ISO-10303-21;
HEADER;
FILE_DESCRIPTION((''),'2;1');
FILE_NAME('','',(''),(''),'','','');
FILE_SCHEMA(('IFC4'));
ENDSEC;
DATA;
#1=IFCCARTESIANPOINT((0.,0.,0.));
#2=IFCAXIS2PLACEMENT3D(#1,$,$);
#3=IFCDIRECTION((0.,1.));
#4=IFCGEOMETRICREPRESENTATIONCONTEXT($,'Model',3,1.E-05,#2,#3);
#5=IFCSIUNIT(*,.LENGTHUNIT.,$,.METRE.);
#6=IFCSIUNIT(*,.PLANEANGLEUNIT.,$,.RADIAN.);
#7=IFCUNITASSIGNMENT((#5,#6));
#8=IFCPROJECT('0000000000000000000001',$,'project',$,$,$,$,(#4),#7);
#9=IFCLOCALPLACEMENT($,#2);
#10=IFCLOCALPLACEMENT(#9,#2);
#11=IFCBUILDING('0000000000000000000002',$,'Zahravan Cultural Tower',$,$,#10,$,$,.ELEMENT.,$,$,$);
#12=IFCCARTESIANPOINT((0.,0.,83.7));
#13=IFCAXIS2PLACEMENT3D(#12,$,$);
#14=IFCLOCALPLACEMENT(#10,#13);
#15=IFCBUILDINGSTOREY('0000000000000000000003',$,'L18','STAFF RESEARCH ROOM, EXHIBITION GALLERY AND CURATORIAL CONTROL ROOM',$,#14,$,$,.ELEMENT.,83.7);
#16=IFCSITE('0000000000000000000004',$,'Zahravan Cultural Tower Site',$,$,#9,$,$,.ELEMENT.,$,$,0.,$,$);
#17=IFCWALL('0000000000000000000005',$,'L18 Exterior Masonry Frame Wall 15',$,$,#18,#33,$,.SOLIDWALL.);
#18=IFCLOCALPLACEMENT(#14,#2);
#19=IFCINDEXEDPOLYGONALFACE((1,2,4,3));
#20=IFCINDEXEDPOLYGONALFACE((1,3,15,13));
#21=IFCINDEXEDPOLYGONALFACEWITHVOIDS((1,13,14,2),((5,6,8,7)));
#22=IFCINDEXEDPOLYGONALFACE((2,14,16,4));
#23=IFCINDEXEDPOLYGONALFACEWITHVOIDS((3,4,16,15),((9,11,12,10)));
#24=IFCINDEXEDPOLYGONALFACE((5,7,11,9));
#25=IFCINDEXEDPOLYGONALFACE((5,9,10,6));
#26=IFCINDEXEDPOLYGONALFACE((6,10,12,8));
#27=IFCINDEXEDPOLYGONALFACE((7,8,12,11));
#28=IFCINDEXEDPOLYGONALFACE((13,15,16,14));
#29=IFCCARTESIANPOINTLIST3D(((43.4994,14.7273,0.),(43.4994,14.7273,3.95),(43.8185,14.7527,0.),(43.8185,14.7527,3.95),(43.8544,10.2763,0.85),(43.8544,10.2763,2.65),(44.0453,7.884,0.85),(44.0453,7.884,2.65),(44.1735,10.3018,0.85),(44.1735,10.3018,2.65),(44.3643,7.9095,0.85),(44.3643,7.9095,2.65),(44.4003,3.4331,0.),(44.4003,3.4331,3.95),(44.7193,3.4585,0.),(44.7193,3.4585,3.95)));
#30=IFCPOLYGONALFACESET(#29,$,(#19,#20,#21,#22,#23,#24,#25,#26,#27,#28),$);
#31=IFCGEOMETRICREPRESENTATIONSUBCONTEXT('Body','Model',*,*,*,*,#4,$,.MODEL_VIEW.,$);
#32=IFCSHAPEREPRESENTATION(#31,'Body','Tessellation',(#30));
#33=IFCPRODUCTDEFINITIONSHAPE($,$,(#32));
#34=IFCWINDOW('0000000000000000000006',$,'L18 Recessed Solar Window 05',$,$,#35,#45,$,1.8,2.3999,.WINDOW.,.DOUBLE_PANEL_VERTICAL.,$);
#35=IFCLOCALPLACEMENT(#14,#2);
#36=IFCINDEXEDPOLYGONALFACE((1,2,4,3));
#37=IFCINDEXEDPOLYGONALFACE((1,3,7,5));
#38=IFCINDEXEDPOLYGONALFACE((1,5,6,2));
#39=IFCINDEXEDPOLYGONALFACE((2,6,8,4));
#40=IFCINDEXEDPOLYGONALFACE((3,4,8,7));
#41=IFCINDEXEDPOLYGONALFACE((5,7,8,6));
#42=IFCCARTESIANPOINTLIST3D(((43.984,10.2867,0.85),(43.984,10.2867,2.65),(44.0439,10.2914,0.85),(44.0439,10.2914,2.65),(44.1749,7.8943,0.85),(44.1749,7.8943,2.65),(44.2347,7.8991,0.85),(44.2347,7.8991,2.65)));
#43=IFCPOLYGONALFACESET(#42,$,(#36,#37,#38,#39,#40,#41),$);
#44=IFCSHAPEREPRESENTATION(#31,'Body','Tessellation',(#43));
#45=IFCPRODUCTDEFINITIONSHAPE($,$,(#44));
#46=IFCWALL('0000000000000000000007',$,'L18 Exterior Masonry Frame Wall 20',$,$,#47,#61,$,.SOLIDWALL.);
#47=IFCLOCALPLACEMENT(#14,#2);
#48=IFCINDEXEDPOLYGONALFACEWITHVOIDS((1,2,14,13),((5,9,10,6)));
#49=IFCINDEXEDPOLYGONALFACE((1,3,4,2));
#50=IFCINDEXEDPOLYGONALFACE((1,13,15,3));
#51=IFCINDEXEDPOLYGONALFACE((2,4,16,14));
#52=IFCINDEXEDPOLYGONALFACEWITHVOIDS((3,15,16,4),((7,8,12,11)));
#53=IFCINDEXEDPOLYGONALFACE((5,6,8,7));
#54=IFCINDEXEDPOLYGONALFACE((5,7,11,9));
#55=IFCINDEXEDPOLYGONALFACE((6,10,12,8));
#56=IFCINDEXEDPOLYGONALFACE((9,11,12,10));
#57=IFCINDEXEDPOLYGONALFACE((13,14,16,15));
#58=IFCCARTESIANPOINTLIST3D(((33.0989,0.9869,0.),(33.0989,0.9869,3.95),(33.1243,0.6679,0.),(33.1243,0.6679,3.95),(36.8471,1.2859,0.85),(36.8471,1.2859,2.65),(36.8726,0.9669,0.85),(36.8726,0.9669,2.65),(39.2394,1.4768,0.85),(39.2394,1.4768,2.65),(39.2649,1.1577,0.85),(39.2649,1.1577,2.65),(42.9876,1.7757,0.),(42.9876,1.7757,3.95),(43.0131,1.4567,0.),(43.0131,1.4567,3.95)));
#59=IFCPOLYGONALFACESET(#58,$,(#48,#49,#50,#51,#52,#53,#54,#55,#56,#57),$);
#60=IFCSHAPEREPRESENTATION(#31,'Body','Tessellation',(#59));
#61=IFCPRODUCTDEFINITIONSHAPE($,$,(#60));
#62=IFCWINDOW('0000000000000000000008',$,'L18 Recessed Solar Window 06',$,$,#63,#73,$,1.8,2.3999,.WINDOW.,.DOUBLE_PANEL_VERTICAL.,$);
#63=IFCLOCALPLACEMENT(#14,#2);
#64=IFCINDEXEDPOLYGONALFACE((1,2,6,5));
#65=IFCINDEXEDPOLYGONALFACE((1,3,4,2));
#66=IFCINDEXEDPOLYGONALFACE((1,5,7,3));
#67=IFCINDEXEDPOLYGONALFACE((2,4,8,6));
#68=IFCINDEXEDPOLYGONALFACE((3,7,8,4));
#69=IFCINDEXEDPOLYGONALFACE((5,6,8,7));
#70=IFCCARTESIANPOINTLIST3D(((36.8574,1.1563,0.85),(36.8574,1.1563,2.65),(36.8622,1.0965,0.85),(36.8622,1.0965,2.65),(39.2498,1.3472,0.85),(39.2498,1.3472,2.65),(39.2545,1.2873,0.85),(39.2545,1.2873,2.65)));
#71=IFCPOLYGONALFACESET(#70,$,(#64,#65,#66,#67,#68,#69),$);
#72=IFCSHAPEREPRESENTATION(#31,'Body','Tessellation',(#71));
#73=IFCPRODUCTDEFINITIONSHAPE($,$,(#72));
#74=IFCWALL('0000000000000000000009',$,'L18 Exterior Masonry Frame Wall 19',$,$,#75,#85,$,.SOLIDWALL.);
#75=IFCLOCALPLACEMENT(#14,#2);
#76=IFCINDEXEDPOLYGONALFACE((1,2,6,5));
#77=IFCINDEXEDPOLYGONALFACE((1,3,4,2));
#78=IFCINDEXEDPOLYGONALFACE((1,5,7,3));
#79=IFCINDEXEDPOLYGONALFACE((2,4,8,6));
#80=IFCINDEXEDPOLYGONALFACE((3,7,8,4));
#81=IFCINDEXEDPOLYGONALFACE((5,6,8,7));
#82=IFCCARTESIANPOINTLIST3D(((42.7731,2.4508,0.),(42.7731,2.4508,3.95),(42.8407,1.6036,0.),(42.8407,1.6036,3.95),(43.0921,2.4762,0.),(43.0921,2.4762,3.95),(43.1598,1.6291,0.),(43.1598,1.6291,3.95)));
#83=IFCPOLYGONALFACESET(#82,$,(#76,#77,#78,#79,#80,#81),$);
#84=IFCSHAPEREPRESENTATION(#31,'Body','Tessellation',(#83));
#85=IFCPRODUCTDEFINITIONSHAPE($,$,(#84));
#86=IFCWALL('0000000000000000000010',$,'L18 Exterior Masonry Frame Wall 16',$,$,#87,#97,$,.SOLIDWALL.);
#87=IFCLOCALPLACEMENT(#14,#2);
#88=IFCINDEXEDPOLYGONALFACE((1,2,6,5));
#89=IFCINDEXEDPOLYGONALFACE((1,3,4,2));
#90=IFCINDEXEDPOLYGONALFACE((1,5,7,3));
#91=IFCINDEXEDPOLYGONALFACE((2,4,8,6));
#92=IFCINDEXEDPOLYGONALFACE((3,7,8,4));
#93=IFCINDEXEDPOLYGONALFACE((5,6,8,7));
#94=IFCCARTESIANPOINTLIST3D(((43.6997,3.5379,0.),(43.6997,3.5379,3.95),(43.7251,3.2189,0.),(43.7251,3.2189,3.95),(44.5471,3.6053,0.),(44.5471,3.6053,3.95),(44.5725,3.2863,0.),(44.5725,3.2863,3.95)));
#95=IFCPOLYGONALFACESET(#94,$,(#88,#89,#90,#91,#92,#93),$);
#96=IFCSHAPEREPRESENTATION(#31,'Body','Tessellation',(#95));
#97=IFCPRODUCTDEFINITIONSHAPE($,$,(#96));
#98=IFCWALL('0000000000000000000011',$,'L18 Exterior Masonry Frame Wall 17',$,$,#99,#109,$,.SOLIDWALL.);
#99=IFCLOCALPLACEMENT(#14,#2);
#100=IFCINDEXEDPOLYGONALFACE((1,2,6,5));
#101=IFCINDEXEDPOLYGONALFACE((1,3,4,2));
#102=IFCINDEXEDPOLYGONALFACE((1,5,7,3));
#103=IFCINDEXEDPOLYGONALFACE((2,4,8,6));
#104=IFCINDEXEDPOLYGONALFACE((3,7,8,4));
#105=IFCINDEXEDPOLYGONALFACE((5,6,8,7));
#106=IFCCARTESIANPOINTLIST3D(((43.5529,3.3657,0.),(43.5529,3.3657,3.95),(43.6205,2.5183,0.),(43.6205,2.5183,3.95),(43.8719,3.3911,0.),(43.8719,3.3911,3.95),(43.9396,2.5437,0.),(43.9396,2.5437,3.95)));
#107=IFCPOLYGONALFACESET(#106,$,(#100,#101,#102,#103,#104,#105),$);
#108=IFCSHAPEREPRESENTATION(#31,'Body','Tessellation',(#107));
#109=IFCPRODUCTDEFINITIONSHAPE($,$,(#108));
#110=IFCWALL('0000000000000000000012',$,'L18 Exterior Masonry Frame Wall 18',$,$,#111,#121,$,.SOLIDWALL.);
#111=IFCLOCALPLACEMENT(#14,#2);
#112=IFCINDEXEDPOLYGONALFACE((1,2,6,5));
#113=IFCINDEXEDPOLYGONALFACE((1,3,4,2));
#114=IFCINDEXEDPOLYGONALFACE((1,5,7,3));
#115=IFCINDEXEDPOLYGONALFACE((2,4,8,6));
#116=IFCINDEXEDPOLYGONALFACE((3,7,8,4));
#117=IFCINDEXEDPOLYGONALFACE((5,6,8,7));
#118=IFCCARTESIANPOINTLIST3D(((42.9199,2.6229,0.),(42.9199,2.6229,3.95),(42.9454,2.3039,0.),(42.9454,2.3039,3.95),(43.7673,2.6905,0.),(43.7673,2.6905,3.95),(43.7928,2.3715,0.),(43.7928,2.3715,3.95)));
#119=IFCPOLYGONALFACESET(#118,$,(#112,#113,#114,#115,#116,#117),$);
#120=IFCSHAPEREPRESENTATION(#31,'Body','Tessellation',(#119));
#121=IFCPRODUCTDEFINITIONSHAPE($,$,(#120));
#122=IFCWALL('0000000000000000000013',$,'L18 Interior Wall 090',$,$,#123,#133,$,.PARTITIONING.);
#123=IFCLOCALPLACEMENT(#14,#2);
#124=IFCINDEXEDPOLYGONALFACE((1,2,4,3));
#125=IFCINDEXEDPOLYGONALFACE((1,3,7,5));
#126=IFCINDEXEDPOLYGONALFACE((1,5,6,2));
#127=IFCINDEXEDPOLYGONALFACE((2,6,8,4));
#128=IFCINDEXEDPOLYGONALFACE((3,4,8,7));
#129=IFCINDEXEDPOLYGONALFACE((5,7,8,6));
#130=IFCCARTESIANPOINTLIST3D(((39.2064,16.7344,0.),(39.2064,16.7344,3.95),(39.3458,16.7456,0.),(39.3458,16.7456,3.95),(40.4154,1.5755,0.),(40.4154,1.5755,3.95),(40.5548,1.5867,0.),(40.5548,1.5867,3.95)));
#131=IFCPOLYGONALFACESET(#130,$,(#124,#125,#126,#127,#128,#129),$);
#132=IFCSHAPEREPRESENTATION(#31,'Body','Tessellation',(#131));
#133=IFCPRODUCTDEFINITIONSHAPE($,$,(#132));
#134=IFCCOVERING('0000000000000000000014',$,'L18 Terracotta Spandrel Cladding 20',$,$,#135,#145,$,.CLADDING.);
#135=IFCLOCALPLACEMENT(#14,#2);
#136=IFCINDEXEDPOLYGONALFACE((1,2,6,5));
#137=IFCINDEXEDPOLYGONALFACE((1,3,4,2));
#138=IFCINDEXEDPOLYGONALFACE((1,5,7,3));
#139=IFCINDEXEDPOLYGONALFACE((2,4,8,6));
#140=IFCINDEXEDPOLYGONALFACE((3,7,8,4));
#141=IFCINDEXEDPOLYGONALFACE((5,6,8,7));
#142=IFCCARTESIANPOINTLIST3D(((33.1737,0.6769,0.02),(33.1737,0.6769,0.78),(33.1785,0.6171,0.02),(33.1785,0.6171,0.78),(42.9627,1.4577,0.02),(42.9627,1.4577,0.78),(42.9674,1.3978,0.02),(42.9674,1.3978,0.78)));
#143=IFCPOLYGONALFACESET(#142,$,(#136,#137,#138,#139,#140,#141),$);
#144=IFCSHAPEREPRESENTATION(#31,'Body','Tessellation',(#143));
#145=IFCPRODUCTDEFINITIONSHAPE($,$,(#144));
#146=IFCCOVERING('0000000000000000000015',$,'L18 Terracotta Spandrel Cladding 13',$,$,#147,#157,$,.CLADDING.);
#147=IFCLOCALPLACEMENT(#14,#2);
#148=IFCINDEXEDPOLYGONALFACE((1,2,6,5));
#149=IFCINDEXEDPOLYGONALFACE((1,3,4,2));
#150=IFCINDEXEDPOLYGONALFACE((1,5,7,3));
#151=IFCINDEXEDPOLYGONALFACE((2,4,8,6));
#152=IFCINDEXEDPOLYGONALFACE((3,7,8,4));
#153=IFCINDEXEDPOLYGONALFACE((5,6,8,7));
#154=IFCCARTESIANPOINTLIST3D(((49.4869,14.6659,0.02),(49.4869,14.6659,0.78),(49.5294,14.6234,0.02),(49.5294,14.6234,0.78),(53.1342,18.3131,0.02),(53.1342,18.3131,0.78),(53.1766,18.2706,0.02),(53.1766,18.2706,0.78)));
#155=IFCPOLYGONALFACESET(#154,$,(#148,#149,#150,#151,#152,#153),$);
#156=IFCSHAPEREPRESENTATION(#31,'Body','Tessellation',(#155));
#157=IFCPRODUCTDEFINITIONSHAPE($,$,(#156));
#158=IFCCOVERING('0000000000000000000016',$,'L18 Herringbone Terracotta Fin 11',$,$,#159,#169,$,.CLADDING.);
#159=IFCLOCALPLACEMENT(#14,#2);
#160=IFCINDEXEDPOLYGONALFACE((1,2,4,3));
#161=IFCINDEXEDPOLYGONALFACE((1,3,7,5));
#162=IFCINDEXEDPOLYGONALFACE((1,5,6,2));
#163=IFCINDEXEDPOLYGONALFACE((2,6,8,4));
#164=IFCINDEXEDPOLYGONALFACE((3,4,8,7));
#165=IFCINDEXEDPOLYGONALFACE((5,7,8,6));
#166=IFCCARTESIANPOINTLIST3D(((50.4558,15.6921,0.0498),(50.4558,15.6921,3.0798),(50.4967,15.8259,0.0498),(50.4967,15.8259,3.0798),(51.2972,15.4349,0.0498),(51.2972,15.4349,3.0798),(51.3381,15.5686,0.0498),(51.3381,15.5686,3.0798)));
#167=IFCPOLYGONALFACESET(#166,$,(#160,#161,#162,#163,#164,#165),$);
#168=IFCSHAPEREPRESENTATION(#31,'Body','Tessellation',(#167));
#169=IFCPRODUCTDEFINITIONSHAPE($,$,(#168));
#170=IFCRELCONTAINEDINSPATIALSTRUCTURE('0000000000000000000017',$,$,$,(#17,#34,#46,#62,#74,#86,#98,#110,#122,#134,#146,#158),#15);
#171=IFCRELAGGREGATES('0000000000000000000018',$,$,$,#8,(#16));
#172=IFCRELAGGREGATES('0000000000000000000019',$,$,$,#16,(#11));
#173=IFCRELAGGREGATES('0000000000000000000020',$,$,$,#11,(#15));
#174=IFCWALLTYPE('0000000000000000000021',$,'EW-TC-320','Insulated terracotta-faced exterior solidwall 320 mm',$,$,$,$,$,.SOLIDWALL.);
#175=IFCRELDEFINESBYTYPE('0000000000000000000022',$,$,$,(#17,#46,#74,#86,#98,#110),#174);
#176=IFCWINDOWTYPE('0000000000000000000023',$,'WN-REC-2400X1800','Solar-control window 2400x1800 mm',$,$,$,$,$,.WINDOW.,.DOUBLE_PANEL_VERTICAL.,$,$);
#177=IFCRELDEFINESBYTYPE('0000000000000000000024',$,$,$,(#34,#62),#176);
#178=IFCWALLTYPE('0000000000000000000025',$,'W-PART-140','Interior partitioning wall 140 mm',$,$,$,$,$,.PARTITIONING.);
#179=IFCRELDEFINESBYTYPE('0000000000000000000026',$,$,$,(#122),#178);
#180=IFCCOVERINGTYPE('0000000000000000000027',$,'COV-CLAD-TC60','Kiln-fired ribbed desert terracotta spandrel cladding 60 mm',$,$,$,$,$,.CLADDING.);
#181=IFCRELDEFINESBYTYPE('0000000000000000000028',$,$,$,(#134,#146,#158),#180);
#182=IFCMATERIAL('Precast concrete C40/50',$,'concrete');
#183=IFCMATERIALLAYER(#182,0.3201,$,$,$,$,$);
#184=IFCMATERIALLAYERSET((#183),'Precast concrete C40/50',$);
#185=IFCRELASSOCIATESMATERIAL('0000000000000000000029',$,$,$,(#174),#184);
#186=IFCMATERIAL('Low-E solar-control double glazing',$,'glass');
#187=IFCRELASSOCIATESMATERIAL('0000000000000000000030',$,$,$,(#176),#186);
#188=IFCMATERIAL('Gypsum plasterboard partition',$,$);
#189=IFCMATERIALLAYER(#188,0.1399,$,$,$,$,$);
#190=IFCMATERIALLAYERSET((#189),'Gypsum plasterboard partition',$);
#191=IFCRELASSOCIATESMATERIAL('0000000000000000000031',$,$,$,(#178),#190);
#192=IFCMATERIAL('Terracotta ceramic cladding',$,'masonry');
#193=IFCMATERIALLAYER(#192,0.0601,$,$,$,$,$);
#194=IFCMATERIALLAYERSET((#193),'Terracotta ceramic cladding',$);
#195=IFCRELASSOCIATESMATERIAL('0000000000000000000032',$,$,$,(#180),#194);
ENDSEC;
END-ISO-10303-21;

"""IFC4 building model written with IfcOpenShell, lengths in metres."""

from ifc_helpers import new_model, si_unit, direction, frame, frame_2d, origin, origin_2d, place, context, subcontext, project, spatial, rectangle, extrude, source, transform, mapped, material, layer, layer_set, type_object, element, fill, save


model = new_model("IFC4")

# Units and contexts
model_context = context("Model", 3, precision=1e-05, world=origin(), true_north=direction((0.0, 1.0)))
body_context = subcontext(model_context, "Body", "Model", "MODEL_VIEW")
ifc_project = project(units=[si_unit("LENGTHUNIT", "METRE"), si_unit("PLANEANGLEUNIT", "RADIAN")], contexts=[model_context])

# Site, building, storey
site_placement = place(None, origin())
site = spatial("IfcSite", under=ifc_project, at=site_placement, Name="Zahravan Cultural Tower Site", CompositionType="ELEMENT", RefElevation=0.0)
building_placement = place(site_placement, origin())
building = spatial("IfcBuilding", under=site, at=building_placement, Name="Zahravan Cultural Tower", CompositionType="ELEMENT")
storey_placement = place(building_placement, frame((0.0, 0.0, 83.7)))
storey = spatial("IfcBuildingStorey", under=building, at=storey_placement, Name="L18", Description="STAFF RESEARCH ROOM, EXHIBITION GALLERY AND CURATORIAL CONTROL ROOM", CompositionType="ELEMENT", Elevation=83.7)

# Walls, openings, windows
ifc_material_1 = material(Name="Precast concrete C40/50", Category="concrete")
ifc_layer_1 = layer(ifc_material_1, 0.3201)
ifc_layer_set_1 = layer_set([ifc_layer_1], Name="Precast concrete C40/50")
wall_type_1 = type_object("IfcWallType", Name="EW-TC-320", Description="Insulated terracotta-faced exterior solidwall 320 mm", PredefinedType="SOLIDWALL", material=ifc_layer_set_1)
ifc_material_2 = material(Name="Low-E solar-control double glazing", Category="glass")
window_type = type_object("IfcWindowType", Name="WN-REC-2400X1800", Description="Solar-control window 2400x1800 mm", PartitioningType="DOUBLE_PANEL_VERTICAL", PredefinedType="WINDOW", material=ifc_material_2)
shared_shape_1 = source(origin(), body_context, "Body", "SweptSolid", [
    extrude(rectangle(XDim=2.3999, YDim=1.8, at=frame_2d((1.2, 0.8999))), frame((0.0, 0.03, 0.0), z_axis=(0.0, -1.0, 0.0), x_axis=(1.0, 0.0, 0.0)), (0.0, 0.0, 1.0), 0.0601),
])
wall_1_placement = place(storey_placement, frame((43.6589, 14.74, 0.0), z_axis=(0.0, 0.0, 1.0), x_axis=(0.079512, -0.996834, 0.0)))
wall_1 = element("IfcWall", 1, at=wall_1_placement, inside=storey, type_object=wall_type_1, Name="L18 Exterior Masonry Frame Wall 15", PredefinedType="SOLIDWALL", context=body_context, shape_type="SweptSolid", body=[
    extrude(rectangle(XDim=11.3301, YDim=0.3201, at=frame_2d((5.665, 0.0))), origin(), (0.0, 0.0, 1.0), 3.95),
])
opening_1_placement = place(wall_1_placement, frame((4.4651, 0.0, 0.8501)))
opening_1 = element("IfcOpeningElement", 2, at=opening_1_placement, cuts=wall_1, PredefinedType="OPENING", context=body_context, shape_type="SweptSolid", body=[
    extrude(rectangle(XDim=2.3999, YDim=1.8, at=frame_2d((1.2, 0.8999))), frame((0.0, 0.1699, 0.0), z_axis=(0.0, -1.0, 0.0), x_axis=(1.0, 0.0, 0.0)), (0.0, 0.0, 1.0), 0.3401),
])
window_1_placement = place(opening_1_placement, origin())
window_1 = element("IfcWindow", 3, at=window_1_placement, inside=storey, type_object=window_type, Name="L18 Recessed Solar Window 05", OverallHeight=1.8, OverallWidth=2.3999, PartitioningType="DOUBLE_PANEL_VERTICAL", PredefinedType="WINDOW", context=body_context, shape_type="MappedRepresentation", body=[
    mapped(shared_shape_1, transform((0.0, 0.0, 0.0), x_axis=(1.0, 0.0, 0.0), y_axis=(0.0, 1.0, 0.0), z_axis=(0.0, 0.0, 1.0), scale=1.0)),
])
fill(opening_1, window_1)
wall_2_placement = place(storey_placement, frame((43.0002, 1.6162, 0.0), z_axis=(0.0, 0.0, 1.0), x_axis=(-0.996833, -0.079517, 0.0)))
wall_2 = element("IfcWall", 4, at=wall_2_placement, inside=storey, type_object=wall_type_1, Name="L18 Exterior Masonry Frame Wall 20", PredefinedType="SOLIDWALL", context=body_context, shape_type="SweptSolid", body=[
    extrude(rectangle(XDim=9.9202, YDim=0.3201, at=frame_2d((4.96, 0.0))), origin(), (0.0, 0.0, 1.0), 3.95),
])
opening_2_placement = place(wall_2_placement, frame((3.76, 0.0, 0.8501)))
opening_2 = element("IfcOpeningElement", 5, at=opening_2_placement, cuts=wall_2, PredefinedType="OPENING", context=body_context, shape_type="SweptSolid", body=[
    extrude(rectangle(XDim=2.3999, YDim=1.8, at=frame_2d((1.2, 0.8999))), frame((0.0, 0.1699, 0.0), z_axis=(0.0, -1.0, 0.0), x_axis=(1.0, 0.0, 0.0)), (0.0, 0.0, 1.0), 0.3401),
])
window_2_placement = place(opening_2_placement, origin())
window_2 = element("IfcWindow", 6, at=window_2_placement, inside=storey, type_object=window_type, Name="L18 Recessed Solar Window 06", OverallHeight=1.8, OverallWidth=2.3999, PartitioningType="DOUBLE_PANEL_VERTICAL", PredefinedType="WINDOW", context=body_context, shape_type="MappedRepresentation", body=[
    mapped(shared_shape_1, transform((0.0, 0.0, 0.0), x_axis=(1.0, 0.0, 0.0), y_axis=(0.0, 1.0, 0.0), z_axis=(0.0, 0.0, 1.0), scale=1.0)),
])
fill(opening_2, window_2)

# Walls
shared_shape_2 = source(origin(), body_context, "Body", "SweptSolid", [
    extrude(rectangle(XDim=0.8499, YDim=0.3201, at=frame_2d((0.4248, 0.0))), origin(), (0.0, 0.0, 1.0), 3.95),
])
wall_3_placement = place(storey_placement, frame((42.9326, 2.4634, 0.0), z_axis=(0.0, 0.0, 1.0), x_axis=(0.079574, -0.996829, 0.0)))
element("IfcWall", 7, at=wall_3_placement, inside=storey, type_object=wall_type_1, Name="L18 Exterior Masonry Frame Wall 19", PredefinedType="SOLIDWALL", context=body_context, shape_type="MappedRepresentation", body=[
    mapped(shared_shape_2, transform((0.0, 0.0, 0.0), x_axis=(1.0, 0.0, 0.0), y_axis=(0.0, 1.0, 0.0), z_axis=(0.0, 0.0, 1.0), scale=1.0)),
])
shared_shape_3 = source(origin(), body_context, "Body", "SweptSolid", [
    extrude(rectangle(XDim=0.8501, YDim=0.3201, at=frame_2d((0.425, 0.0))), origin(), (0.0, 0.0, 1.0), 3.95),
])
for number, where, z_axis, x_axis, name in (
    (8, (44.5598, 3.4458, 0.0), (0.0, 0.0, 1.0), (-0.996854, -0.079266, 0.0), "L18 Exterior Masonry Frame Wall 16"),
    (9, (43.7124, 3.3784, 0.0), (0.0, 0.0, 1.0), (0.079551, -0.996831, 0.0), "L18 Exterior Masonry Frame Wall 17"),
    (10, (43.78, 2.531, 0.0), (0.0, 0.0, 1.0), (-0.996831, -0.079551, 0.0), "L18 Exterior Masonry Frame Wall 18"),
):
    element("IfcWall", number, at=place(storey_placement, frame(where, z_axis=z_axis, x_axis=x_axis)), inside=storey, type_object=wall_type_1, Name=name, PredefinedType="SOLIDWALL", context=body_context, shape_type="MappedRepresentation", body=[
        mapped(shared_shape_3, transform((0.0, 0.0, 0.0), x_axis=(1.0, 0.0, 0.0), y_axis=(0.0, 1.0, 0.0), z_axis=(0.0, 0.0, 1.0), scale=1.0)),
    ])
ifc_material_3 = material(Name="Gypsum plasterboard partition")
ifc_layer_2 = layer(ifc_material_3, 0.1399)
ifc_layer_set_2 = layer_set([ifc_layer_2], Name="Gypsum plasterboard partition")
wall_type_2 = type_object("IfcWallType", Name="W-PART-140", Description="Interior partitioning wall 140 mm", PredefinedType="PARTITIONING", material=ifc_layer_set_2)
shared_shape_4 = source(origin(), body_context, "Body", "SweptSolid", [
    extrude(rectangle(XDim=15.207, YDim=0.1399, at=frame_2d((7.6035, 0.0))), origin(), (0.0, 0.0, 1.0), 3.95),
])
wall_4_placement = place(storey_placement, frame((39.2761, 16.74, 0.0), z_axis=(0.0, 0.0, 1.0), x_axis=(0.079501, -0.996835, 0.0)))
element("IfcWall", 11, at=wall_4_placement, inside=storey, type_object=wall_type_2, Name="L18 Interior Wall 090", PredefinedType="PARTITIONING", context=body_context, shape_type="MappedRepresentation", body=[
    mapped(shared_shape_4, transform((0.0, 0.0, 0.0), x_axis=(1.0, 0.0, 0.0), y_axis=(0.0, 1.0, 0.0), z_axis=(0.0, 0.0, 1.0), scale=1.0)),
])

# Coverings
ifc_material_4 = material(Name="Terracotta ceramic cladding", Category="masonry")
ifc_layer_3 = layer(ifc_material_4, 0.0601)
ifc_layer_set_3 = layer_set([ifc_layer_3], Name="Terracotta ceramic cladding")
covering_type = type_object("IfcCoveringType", Name="COV-CLAD-TC60", Description="Kiln-fired ribbed desert terracotta spandrel cladding 60 mm", PredefinedType="CLADDING", material=ifc_layer_set_3)
shared_shape_5 = source(origin(), body_context, "Body", "SweptSolid", [
    extrude(rectangle(XDim=9.8201, YDim=0.0601, at=origin_2d()), origin(), (0.0, 0.0, 1.0), 0.76),
])
covering_1_placement = place(storey_placement, frame((38.0706, 1.0374, 0.02), z_axis=(0.0, 0.0, 1.0), x_axis=(-0.996835, -0.079503, 0.0)))
element("IfcCovering", 12, at=covering_1_placement, inside=storey, type_object=covering_type, Name="L18 Terracotta Spandrel Cladding 20", PredefinedType="CLADDING", context=body_context, shape_type="MappedRepresentation", body=[
    mapped(shared_shape_5, transform((0.0, 0.0, 0.0), x_axis=(1.0, 0.0, 0.0), y_axis=(0.0, 1.0, 0.0), z_axis=(0.0, 0.0, 1.0), scale=1.0)),
])
shared_shape_6 = source(origin(), body_context, "Body", "SweptSolid", [
    extrude(rectangle(XDim=5.158, YDim=0.0601, at=origin_2d()), origin(), (0.0, 0.0, 1.0), 0.76),
])
covering_2_placement = place(storey_placement, frame((51.3318, 16.4683, 0.02), z_axis=(0.0, 0.0, 1.0), x_axis=(-0.707107, -0.707107, 0.0)))
element("IfcCovering", 13, at=covering_2_placement, inside=storey, type_object=covering_type, Name="L18 Terracotta Spandrel Cladding 13", PredefinedType="CLADDING", context=body_context, shape_type="MappedRepresentation", body=[
    mapped(shared_shape_6, transform((0.0, 0.0, 0.0), x_axis=(1.0, 0.0, 0.0), y_axis=(0.0, 1.0, 0.0), z_axis=(0.0, 0.0, 1.0), scale=1.0)),
])
shared_shape_7 = source(origin(), body_context, "Body", "SweptSolid", [
    extrude(rectangle(XDim=0.8799, YDim=0.1399, at=origin_2d()), origin(), (0.0, 0.0, 1.0), 3.03),
])
for number, where, z_axis, x_axis, name in (
    (14, (50.897, 15.6304, 0.0498), (0.0, 0.0, 1.0), (0.956305, -0.292372, 0.0), "L18 Herringbone Terracotta Fin 11"),
):
    element("IfcCovering", number, at=place(storey_placement, frame(where, z_axis=z_axis, x_axis=x_axis)), inside=storey, type_object=covering_type, Name=name, PredefinedType="CLADDING", context=body_context, shape_type="MappedRepresentation", body=[
        mapped(shared_shape_7, transform((0.0, 0.0, 0.0), x_axis=(1.0, 0.0, 0.0), y_axis=(0.0, 1.0, 0.0), z_axis=(0.0, 0.0, 1.0), scale=1.0)),
    ])

save(model, "model.ifc")
